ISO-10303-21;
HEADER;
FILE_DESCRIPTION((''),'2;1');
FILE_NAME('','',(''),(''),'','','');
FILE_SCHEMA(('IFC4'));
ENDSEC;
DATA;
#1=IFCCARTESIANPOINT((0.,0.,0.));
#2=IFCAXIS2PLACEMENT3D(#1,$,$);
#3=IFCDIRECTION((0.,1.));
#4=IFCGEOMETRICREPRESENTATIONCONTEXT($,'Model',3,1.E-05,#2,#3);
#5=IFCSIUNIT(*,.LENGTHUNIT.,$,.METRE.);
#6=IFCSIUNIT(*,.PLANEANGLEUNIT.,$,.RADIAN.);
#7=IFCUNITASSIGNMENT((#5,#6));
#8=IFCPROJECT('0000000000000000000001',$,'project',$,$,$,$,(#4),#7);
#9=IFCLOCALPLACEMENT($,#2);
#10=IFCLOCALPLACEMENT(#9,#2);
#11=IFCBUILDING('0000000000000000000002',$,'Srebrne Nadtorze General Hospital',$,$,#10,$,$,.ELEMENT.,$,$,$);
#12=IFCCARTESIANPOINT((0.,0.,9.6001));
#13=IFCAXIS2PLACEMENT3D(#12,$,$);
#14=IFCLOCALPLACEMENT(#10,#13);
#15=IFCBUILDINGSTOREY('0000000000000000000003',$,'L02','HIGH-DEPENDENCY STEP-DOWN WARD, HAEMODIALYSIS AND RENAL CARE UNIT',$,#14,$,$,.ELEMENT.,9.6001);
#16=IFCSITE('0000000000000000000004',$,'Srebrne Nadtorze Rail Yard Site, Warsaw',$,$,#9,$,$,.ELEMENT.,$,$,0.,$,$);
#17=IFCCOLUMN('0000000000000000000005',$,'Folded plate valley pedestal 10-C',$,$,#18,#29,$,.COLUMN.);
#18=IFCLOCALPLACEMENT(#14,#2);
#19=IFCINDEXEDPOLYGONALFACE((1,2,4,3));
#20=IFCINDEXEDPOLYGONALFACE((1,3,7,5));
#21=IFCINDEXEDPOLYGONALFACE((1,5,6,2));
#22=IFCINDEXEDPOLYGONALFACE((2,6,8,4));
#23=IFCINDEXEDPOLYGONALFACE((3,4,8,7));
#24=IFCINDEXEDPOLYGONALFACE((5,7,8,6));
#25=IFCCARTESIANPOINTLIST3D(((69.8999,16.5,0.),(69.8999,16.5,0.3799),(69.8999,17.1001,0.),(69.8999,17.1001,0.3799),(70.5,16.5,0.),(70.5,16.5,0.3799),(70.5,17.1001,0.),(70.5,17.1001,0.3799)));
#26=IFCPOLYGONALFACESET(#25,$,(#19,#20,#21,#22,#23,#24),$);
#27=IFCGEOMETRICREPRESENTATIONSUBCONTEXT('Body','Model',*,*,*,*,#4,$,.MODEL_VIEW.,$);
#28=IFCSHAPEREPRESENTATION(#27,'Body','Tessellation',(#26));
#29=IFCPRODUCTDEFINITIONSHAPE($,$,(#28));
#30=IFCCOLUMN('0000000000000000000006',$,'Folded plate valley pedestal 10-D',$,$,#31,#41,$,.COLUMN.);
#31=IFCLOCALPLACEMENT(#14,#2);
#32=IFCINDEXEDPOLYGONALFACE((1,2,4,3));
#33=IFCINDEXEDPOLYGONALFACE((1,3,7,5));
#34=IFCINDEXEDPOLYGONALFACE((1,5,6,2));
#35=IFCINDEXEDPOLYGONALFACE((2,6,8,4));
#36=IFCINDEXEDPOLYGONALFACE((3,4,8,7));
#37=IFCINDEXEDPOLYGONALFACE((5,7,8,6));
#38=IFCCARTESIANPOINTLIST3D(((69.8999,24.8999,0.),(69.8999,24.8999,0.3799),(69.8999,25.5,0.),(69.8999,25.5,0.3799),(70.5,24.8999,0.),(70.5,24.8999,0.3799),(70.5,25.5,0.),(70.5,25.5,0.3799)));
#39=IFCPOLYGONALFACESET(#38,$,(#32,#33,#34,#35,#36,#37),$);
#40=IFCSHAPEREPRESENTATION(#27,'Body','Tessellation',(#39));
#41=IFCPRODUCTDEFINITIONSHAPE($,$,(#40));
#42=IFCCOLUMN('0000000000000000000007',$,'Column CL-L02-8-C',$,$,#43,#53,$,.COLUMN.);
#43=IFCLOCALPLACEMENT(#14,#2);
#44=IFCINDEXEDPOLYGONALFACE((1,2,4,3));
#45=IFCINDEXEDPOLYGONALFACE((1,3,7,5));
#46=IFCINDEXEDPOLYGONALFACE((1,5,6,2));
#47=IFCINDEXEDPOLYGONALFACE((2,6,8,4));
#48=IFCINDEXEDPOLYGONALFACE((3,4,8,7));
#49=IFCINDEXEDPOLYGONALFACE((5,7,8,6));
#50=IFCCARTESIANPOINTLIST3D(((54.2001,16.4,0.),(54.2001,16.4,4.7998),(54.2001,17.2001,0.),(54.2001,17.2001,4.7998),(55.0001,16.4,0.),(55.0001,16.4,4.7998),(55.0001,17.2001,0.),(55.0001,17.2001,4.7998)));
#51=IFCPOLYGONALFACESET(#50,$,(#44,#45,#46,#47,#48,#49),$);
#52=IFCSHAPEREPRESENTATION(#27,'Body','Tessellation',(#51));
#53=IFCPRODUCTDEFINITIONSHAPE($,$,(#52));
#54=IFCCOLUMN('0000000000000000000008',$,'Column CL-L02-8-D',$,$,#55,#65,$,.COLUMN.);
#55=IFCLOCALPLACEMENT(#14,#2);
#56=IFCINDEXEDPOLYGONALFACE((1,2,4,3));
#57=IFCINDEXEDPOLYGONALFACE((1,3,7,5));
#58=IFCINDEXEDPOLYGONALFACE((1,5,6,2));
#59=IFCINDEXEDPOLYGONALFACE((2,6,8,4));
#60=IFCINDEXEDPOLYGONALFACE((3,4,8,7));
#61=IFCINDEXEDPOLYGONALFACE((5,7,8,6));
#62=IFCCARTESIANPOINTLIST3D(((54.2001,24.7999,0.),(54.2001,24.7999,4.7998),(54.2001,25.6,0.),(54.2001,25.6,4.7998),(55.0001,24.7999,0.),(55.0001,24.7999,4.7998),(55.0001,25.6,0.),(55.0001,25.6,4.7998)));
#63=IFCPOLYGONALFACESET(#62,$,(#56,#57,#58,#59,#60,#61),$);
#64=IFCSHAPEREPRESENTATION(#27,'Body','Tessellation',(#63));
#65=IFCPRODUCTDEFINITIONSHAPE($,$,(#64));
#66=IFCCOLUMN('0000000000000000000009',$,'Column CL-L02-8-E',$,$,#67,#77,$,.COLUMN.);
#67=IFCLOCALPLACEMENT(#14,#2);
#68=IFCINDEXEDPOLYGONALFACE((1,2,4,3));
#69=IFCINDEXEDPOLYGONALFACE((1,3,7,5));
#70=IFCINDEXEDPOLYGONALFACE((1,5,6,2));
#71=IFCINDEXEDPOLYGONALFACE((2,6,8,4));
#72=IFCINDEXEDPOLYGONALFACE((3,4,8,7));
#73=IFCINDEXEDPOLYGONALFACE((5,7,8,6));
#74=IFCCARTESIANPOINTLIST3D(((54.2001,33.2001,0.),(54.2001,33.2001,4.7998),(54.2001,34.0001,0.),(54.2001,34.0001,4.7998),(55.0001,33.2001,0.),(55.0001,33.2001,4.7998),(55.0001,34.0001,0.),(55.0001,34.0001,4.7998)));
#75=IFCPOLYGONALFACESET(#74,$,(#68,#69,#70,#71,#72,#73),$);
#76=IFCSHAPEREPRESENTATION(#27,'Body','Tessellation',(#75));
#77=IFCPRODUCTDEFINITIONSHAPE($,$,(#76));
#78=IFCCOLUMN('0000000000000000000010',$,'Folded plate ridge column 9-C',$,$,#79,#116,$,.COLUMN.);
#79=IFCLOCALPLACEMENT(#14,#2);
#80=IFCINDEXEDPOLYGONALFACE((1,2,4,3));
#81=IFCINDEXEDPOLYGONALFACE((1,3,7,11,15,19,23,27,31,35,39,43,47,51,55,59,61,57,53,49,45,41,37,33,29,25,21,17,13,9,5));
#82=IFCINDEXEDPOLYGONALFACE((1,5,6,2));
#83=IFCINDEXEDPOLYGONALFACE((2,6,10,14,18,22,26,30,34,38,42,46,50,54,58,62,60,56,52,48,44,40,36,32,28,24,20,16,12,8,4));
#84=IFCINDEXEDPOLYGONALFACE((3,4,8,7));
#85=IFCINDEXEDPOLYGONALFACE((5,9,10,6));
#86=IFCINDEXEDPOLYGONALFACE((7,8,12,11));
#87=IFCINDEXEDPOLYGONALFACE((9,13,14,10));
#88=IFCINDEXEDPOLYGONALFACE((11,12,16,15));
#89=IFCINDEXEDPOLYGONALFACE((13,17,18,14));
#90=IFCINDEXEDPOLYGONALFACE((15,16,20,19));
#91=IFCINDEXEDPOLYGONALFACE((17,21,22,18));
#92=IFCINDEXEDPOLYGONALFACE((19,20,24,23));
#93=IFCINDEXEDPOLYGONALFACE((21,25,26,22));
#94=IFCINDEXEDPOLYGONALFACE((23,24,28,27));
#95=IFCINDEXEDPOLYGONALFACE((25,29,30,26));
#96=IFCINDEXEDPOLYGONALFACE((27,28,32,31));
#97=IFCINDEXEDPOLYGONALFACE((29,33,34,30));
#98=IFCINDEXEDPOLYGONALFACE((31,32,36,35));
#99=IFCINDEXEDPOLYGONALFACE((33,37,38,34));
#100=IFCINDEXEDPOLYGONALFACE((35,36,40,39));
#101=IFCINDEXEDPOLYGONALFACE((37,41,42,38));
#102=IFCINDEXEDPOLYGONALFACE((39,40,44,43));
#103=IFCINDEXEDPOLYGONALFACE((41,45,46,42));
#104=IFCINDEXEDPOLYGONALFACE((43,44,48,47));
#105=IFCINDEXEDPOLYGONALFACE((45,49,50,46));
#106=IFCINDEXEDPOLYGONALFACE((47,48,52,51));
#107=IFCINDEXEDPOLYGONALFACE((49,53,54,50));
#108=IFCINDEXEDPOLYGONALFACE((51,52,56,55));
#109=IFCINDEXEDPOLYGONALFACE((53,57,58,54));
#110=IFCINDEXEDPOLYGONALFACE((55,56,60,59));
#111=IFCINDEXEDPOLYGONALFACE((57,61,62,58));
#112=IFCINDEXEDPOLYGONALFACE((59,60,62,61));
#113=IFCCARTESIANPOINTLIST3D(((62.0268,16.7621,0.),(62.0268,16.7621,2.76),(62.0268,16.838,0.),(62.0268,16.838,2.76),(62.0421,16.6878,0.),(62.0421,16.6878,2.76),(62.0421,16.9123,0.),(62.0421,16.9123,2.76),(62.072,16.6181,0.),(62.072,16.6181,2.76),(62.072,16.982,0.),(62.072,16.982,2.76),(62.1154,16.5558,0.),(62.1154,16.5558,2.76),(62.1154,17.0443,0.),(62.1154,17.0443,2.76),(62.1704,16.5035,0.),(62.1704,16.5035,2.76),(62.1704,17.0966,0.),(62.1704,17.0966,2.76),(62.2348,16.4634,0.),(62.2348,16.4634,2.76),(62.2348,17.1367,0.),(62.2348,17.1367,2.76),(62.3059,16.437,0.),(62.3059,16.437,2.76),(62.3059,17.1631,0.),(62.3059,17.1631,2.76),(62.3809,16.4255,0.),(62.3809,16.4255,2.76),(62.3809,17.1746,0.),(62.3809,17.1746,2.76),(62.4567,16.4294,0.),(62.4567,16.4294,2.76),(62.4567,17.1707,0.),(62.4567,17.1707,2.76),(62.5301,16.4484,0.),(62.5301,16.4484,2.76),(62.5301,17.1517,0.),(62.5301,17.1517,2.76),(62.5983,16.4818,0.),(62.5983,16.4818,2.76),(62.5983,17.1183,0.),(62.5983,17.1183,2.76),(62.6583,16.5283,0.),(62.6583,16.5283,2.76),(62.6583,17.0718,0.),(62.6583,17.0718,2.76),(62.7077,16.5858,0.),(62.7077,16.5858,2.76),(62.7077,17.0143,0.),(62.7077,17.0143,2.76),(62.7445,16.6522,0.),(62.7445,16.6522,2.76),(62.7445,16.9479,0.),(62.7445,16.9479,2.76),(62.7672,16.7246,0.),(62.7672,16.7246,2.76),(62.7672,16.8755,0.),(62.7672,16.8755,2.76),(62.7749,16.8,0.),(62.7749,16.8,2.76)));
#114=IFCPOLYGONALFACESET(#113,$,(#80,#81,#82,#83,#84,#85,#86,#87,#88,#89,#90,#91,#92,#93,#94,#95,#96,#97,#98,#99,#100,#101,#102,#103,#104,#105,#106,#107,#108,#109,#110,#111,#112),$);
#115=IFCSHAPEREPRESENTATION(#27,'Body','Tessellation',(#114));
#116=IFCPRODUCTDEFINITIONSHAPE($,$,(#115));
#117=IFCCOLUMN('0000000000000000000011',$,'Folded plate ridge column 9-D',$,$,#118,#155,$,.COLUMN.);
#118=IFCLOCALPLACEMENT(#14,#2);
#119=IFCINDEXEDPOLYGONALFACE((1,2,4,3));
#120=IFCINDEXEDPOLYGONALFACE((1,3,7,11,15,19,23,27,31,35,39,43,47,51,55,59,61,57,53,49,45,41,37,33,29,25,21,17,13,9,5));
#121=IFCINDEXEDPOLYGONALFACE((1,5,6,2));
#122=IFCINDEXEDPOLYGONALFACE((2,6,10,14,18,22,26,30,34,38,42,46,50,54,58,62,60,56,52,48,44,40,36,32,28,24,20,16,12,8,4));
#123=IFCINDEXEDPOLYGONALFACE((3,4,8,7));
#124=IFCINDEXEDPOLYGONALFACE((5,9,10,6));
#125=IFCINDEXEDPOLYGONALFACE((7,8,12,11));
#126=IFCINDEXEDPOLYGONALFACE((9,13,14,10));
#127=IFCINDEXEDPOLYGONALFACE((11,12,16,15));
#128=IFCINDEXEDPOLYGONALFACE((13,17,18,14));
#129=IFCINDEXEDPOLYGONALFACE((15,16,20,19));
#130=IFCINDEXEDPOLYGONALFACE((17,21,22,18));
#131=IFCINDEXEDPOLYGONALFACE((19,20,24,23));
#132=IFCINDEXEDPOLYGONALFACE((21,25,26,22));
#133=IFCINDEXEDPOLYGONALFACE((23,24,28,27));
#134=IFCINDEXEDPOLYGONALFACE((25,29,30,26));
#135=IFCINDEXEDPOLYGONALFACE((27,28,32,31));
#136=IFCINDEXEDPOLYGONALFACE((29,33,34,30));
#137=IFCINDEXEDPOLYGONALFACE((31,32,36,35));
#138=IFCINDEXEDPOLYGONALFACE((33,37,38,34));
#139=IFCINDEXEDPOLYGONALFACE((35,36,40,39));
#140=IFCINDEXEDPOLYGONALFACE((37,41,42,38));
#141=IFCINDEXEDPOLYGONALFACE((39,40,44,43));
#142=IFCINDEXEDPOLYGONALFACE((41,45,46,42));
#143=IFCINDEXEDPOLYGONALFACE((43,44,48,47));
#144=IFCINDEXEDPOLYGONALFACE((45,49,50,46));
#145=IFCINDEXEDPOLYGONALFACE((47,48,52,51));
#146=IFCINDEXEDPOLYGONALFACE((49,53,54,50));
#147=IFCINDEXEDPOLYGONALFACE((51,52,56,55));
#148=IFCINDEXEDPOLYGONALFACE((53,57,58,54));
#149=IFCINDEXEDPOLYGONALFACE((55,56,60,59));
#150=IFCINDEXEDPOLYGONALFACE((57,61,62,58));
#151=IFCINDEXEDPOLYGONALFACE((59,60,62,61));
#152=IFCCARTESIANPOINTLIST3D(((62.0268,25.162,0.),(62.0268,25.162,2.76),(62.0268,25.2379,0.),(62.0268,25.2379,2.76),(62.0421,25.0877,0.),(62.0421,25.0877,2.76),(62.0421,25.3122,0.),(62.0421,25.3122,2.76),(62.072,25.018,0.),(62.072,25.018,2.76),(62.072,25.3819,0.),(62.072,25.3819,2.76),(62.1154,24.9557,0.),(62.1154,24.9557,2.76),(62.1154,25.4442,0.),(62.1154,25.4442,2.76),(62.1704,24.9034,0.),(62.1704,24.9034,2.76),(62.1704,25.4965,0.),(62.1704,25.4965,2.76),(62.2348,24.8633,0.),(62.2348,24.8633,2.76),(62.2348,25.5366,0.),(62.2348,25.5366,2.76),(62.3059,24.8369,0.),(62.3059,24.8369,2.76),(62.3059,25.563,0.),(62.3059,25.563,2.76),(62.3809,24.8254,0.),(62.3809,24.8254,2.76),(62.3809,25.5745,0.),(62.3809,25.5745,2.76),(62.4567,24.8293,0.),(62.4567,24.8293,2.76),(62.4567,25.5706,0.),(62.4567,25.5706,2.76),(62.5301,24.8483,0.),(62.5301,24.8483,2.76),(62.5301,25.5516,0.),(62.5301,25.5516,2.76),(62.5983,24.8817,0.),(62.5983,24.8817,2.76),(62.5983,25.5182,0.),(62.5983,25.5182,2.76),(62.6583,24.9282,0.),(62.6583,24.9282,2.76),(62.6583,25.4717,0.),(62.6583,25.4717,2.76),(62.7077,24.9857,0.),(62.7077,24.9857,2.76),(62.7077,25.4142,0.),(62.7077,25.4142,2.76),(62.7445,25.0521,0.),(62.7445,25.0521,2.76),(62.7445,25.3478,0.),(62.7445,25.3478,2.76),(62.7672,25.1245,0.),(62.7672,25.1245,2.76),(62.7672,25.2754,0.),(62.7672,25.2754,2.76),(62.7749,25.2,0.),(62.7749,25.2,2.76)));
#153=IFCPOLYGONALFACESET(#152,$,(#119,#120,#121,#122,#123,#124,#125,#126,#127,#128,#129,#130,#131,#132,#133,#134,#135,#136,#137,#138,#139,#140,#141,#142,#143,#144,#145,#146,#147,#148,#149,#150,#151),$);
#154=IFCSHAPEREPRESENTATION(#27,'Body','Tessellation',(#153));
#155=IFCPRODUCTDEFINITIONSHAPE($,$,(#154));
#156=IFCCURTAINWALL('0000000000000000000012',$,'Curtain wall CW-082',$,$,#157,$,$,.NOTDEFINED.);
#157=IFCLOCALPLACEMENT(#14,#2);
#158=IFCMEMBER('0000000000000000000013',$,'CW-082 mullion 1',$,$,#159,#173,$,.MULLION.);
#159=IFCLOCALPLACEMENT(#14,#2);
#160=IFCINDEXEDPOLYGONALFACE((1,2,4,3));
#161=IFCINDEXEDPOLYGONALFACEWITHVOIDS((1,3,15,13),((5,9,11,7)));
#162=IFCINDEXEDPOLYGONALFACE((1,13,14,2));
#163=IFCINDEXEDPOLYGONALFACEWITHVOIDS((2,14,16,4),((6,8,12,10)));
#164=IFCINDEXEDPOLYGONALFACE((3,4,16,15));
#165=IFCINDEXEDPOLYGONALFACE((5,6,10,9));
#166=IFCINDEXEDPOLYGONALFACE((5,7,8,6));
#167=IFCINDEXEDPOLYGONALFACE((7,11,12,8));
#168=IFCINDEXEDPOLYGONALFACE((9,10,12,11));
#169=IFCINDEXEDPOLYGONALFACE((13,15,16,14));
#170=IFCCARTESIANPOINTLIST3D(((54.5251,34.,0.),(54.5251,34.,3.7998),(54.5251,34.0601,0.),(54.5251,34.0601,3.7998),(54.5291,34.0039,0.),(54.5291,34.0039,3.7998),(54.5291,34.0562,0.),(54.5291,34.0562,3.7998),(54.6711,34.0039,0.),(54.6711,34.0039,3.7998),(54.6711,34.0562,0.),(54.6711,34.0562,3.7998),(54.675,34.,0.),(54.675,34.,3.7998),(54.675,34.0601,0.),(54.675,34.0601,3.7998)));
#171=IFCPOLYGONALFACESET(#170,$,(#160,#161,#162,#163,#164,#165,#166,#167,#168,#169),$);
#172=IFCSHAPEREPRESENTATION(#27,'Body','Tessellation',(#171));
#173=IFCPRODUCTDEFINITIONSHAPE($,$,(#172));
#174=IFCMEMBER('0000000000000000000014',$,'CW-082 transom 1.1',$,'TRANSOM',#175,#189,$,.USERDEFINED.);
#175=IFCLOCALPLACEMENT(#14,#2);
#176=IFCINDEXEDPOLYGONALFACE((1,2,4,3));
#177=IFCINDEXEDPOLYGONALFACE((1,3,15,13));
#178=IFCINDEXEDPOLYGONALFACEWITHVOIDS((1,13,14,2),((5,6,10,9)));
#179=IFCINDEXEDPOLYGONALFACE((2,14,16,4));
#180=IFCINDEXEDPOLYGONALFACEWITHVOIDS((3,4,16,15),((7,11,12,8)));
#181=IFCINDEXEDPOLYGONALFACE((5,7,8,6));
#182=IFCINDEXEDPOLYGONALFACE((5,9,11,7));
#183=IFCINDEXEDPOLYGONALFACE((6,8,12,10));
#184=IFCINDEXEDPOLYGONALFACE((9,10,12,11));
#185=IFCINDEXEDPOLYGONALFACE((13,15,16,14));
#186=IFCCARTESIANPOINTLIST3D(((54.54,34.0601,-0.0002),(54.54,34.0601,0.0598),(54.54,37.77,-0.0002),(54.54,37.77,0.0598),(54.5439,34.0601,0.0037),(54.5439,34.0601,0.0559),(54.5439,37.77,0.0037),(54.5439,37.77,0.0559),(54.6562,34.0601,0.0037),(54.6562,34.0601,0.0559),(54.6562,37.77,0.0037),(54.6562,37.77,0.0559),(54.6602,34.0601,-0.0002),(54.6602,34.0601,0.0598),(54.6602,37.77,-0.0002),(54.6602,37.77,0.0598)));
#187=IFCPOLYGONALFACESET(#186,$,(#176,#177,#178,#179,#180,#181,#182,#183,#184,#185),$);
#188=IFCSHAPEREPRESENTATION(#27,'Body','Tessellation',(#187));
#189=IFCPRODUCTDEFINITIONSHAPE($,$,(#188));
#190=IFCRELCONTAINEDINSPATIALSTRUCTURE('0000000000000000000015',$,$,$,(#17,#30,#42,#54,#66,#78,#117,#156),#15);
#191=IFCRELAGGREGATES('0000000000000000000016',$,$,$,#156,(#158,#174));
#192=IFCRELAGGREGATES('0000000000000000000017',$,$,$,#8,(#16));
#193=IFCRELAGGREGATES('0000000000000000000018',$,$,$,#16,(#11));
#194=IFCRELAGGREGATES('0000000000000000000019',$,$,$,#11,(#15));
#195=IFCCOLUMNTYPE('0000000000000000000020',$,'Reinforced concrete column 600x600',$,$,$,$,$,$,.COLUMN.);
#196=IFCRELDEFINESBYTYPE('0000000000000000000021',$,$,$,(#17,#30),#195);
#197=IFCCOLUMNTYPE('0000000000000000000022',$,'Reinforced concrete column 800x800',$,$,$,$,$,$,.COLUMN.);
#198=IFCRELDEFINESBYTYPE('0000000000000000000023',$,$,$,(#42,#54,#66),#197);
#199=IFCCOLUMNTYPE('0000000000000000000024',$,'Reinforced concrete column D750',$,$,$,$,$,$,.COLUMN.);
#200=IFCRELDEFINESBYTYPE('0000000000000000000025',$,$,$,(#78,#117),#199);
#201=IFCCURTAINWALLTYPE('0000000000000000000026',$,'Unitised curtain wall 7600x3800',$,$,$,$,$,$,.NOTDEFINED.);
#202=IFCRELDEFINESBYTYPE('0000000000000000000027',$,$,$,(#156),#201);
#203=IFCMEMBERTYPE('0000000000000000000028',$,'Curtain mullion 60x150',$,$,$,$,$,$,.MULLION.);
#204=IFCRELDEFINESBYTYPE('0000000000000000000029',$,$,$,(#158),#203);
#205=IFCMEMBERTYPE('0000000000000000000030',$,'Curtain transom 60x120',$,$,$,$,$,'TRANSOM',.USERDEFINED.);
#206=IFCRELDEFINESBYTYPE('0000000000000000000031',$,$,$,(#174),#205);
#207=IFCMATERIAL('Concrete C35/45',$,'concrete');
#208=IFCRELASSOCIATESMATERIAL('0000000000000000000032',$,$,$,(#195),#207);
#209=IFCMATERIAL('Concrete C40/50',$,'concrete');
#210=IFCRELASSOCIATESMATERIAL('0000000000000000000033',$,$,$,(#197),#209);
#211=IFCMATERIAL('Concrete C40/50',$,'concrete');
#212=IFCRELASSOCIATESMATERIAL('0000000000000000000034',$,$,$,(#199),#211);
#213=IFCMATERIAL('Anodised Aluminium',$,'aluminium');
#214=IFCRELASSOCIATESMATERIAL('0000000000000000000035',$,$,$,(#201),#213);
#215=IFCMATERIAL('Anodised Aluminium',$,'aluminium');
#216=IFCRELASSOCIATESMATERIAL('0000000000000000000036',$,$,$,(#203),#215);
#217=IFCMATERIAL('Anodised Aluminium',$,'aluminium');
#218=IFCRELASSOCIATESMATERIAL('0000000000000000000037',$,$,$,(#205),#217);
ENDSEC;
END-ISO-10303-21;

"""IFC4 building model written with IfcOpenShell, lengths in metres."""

from ifc_helpers import new_model, si_unit, direction, frame, origin, origin_2d, place, context, subcontext, project, spatial, rectangle, hollow_rectangle, circle, extrude, material, material_profile, profile_set, type_object, element, aggregate, save


model = new_model("IFC4")

# Units and contexts
model_context = context("Model", 3, precision=1e-05, world=origin(), true_north=direction((0.0, 1.0)))
body_context = subcontext(model_context, "Body", "Model", "MODEL_VIEW")
ifc_project = project(units=[si_unit("LENGTHUNIT", "METRE"), si_unit("PLANEANGLEUNIT", "RADIAN")], contexts=[model_context])

# Site, building, storey
site_placement = place(None, origin())
site = spatial("IfcSite", under=ifc_project, at=site_placement, Name="Srebrne Nadtorze Rail Yard Site, Warsaw", CompositionType="ELEMENT", RefElevation=0.0)
building_placement = place(site_placement, origin())
building = spatial("IfcBuilding", under=site, at=building_placement, Name="Srebrne Nadtorze General Hospital", CompositionType="ELEMENT")
storey_placement = place(building_placement, frame((0.0, 0.0, 9.6001)))
storey = spatial("IfcBuildingStorey", under=building, at=storey_placement, Name="L02", Description="HIGH-DEPENDENCY STEP-DOWN WARD, HAEMODIALYSIS AND RENAL CARE UNIT", CompositionType="ELEMENT", Elevation=9.6001)

# Columns
ifc_material_1 = material(Name="Concrete C35/45", Category="concrete")
ifc_material_profile_1 = material_profile(ifc_material_1, rectangle(XDim=0.6001, YDim=0.6001, at=origin_2d()), Name="RC-COL-600x600")
ifc_profile_set_1 = profile_set([ifc_material_profile_1], Name="Concrete C35/45")
column_type_1 = type_object("IfcColumnType", Name="Reinforced concrete column 600x600", PredefinedType="COLUMN", material=ifc_profile_set_1)
for number, where, z_axis, x_axis, name in (
    (1, (70.2, 16.8, 0.0), (0.0, 0.0, 1.0), (1.0, 0.0, 0.0), "Folded plate valley pedestal 10-C"),
    (2, (70.2, 25.2, 0.0), (0.0, 0.0, 1.0), (1.0, 0.0, 0.0), "Folded plate valley pedestal 10-D"),
):
    element("IfcColumn", number, at=place(storey_placement, frame(where, z_axis=z_axis, x_axis=x_axis)), inside=storey, type_object=column_type_1, Name=name, PredefinedType="COLUMN", context=body_context, shape_type="SweptSolid", body=[
        extrude(rectangle(XDim=0.6001, YDim=0.6001, at=origin_2d()), origin(), (0.0, 0.0, 1.0), 0.3799),
    ])
ifc_material_2 = material(Name="Concrete C40/50", Category="concrete")
ifc_material_profile_2 = material_profile(ifc_material_2, rectangle(XDim=0.8, YDim=0.8, at=origin_2d()), Name="RC-COL-800x800")
ifc_profile_set_2 = profile_set([ifc_material_profile_2], Name="Concrete C40/50")
column_type_2 = type_object("IfcColumnType", Name="Reinforced concrete column 800x800", PredefinedType="COLUMN", material=ifc_profile_set_2)
for number, where, z_axis, x_axis, name in (
    (3, (54.6001, 16.8, 0.0), (0.0, 0.0, 1.0), (1.0, 0.0, 0.0), "Column CL-L02-8-C"),
    (4, (54.6001, 25.2, 0.0), (0.0, 0.0, 1.0), (1.0, 0.0, 0.0), "Column CL-L02-8-D"),
    (5, (54.6001, 33.6001, 0.0), (0.0, 0.0, 1.0), (1.0, 0.0, 0.0), "Column CL-L02-8-E"),
):
    element("IfcColumn", number, at=place(storey_placement, frame(where, z_axis=z_axis, x_axis=x_axis)), inside=storey, type_object=column_type_2, Name=name, PredefinedType="COLUMN", context=body_context, shape_type="SweptSolid", body=[
        extrude(rectangle(XDim=0.8, YDim=0.8, at=origin_2d()), origin(), (0.0, 0.0, 1.0), 4.7998),
    ])
ifc_material_3 = material(Name="Concrete C40/50", Category="concrete")
ifc_material_profile_3 = material_profile(ifc_material_3, circle(Radius=0.375, at=origin_2d()), Name="RC-COL-D750")
ifc_profile_set_3 = profile_set([ifc_material_profile_3], Name="Concrete C40/50")
column_type_3 = type_object("IfcColumnType", Name="Reinforced concrete column D750", PredefinedType="COLUMN", material=ifc_profile_set_3)
for number, where, z_axis, x_axis, name in (
    (6, (62.3999, 16.8, 0.0), (0.0, 0.0, 1.0), (1.0, 0.0, 0.0), "Folded plate ridge column 9-C"),
    (7, (62.3999, 25.2, 0.0), (0.0, 0.0, 1.0), (1.0, 0.0, 0.0), "Folded plate ridge column 9-D"),
):
    element("IfcColumn", number, at=place(storey_placement, frame(where, z_axis=z_axis, x_axis=x_axis)), inside=storey, type_object=column_type_3, Name=name, PredefinedType="COLUMN", context=body_context, shape_type="SweptSolid", body=[
        extrude(circle(Radius=0.375, at=origin_2d()), origin(), (0.0, 0.0, 1.0), 2.76),
    ])

# Curtain wall, members
ifc_material_4 = material(Name="Anodised Aluminium", Category="aluminium")
curtain_wall_type = type_object("IfcCurtainWallType", Name="Unitised curtain wall 7600x3800", PredefinedType="NOTDEFINED", material=ifc_material_4)
curtain_wall_placement = place(storey_placement, origin())
curtain_wall = element("IfcCurtainWall", 8, at=curtain_wall_placement, inside=storey, type_object=curtain_wall_type, Name="Curtain wall CW-082", PredefinedType="NOTDEFINED")
ifc_material_5 = material(Name="Anodised Aluminium", Category="aluminium")
ifc_material_profile_4 = material_profile(ifc_material_5, hollow_rectangle(XDim=0.0601, YDim=0.1499, WallThickness=0.0039, at=origin_2d()), Name="AL-MUL-60x150")
ifc_profile_set_4 = profile_set([ifc_material_profile_4], Name="Anodised Aluminium")
member_type_1 = type_object("IfcMemberType", Name="Curtain mullion 60x150", PredefinedType="MULLION", material=ifc_profile_set_4)
member_1_placement = place(storey_placement, frame((54.6001, 34.03, 0.0), z_axis=(0.0, 0.0, 1.0), x_axis=(0.0, 1.0, 0.0)))
member_1 = element("IfcMember", 9, at=member_1_placement, type_object=member_type_1, Name="CW-082 mullion 1", PredefinedType="MULLION", context=body_context, shape_type="SweptSolid", body=[
    extrude(hollow_rectangle(XDim=0.0601, YDim=0.1499, WallThickness=0.0039, at=origin_2d()), origin(), (0.0, 0.0, 1.0), 3.7998),
])
ifc_material_6 = material(Name="Anodised Aluminium", Category="aluminium")
ifc_material_profile_5 = material_profile(ifc_material_6, hollow_rectangle(XDim=0.0601, YDim=0.1201, WallThickness=0.0039, at=origin_2d()), Name="AL-TRN-60x120")
ifc_profile_set_5 = profile_set([ifc_material_profile_5], Name="Anodised Aluminium")
member_type_2 = type_object("IfcMemberType", Name="Curtain transom 60x120", ElementType="TRANSOM", PredefinedType="USERDEFINED", material=ifc_profile_set_5)
member_2_placement = place(storey_placement, frame((54.6001, 34.0601, 0.0298), z_axis=(0.0, 1.0, 0.0), x_axis=(0.0, 0.0, 1.0)))
member_2 = element("IfcMember", 10, at=member_2_placement, type_object=member_type_2, Name="CW-082 transom 1.1", ObjectType="TRANSOM", PredefinedType="USERDEFINED", context=body_context, shape_type="SweptSolid", body=[
    extrude(hollow_rectangle(XDim=0.0601, YDim=0.1201, WallThickness=0.0039, at=origin_2d()), origin(), (0.0, 0.0, 1.0), 3.71),
])
aggregate(curtain_wall, [member_1, member_2])

save(model, "model.ifc")
